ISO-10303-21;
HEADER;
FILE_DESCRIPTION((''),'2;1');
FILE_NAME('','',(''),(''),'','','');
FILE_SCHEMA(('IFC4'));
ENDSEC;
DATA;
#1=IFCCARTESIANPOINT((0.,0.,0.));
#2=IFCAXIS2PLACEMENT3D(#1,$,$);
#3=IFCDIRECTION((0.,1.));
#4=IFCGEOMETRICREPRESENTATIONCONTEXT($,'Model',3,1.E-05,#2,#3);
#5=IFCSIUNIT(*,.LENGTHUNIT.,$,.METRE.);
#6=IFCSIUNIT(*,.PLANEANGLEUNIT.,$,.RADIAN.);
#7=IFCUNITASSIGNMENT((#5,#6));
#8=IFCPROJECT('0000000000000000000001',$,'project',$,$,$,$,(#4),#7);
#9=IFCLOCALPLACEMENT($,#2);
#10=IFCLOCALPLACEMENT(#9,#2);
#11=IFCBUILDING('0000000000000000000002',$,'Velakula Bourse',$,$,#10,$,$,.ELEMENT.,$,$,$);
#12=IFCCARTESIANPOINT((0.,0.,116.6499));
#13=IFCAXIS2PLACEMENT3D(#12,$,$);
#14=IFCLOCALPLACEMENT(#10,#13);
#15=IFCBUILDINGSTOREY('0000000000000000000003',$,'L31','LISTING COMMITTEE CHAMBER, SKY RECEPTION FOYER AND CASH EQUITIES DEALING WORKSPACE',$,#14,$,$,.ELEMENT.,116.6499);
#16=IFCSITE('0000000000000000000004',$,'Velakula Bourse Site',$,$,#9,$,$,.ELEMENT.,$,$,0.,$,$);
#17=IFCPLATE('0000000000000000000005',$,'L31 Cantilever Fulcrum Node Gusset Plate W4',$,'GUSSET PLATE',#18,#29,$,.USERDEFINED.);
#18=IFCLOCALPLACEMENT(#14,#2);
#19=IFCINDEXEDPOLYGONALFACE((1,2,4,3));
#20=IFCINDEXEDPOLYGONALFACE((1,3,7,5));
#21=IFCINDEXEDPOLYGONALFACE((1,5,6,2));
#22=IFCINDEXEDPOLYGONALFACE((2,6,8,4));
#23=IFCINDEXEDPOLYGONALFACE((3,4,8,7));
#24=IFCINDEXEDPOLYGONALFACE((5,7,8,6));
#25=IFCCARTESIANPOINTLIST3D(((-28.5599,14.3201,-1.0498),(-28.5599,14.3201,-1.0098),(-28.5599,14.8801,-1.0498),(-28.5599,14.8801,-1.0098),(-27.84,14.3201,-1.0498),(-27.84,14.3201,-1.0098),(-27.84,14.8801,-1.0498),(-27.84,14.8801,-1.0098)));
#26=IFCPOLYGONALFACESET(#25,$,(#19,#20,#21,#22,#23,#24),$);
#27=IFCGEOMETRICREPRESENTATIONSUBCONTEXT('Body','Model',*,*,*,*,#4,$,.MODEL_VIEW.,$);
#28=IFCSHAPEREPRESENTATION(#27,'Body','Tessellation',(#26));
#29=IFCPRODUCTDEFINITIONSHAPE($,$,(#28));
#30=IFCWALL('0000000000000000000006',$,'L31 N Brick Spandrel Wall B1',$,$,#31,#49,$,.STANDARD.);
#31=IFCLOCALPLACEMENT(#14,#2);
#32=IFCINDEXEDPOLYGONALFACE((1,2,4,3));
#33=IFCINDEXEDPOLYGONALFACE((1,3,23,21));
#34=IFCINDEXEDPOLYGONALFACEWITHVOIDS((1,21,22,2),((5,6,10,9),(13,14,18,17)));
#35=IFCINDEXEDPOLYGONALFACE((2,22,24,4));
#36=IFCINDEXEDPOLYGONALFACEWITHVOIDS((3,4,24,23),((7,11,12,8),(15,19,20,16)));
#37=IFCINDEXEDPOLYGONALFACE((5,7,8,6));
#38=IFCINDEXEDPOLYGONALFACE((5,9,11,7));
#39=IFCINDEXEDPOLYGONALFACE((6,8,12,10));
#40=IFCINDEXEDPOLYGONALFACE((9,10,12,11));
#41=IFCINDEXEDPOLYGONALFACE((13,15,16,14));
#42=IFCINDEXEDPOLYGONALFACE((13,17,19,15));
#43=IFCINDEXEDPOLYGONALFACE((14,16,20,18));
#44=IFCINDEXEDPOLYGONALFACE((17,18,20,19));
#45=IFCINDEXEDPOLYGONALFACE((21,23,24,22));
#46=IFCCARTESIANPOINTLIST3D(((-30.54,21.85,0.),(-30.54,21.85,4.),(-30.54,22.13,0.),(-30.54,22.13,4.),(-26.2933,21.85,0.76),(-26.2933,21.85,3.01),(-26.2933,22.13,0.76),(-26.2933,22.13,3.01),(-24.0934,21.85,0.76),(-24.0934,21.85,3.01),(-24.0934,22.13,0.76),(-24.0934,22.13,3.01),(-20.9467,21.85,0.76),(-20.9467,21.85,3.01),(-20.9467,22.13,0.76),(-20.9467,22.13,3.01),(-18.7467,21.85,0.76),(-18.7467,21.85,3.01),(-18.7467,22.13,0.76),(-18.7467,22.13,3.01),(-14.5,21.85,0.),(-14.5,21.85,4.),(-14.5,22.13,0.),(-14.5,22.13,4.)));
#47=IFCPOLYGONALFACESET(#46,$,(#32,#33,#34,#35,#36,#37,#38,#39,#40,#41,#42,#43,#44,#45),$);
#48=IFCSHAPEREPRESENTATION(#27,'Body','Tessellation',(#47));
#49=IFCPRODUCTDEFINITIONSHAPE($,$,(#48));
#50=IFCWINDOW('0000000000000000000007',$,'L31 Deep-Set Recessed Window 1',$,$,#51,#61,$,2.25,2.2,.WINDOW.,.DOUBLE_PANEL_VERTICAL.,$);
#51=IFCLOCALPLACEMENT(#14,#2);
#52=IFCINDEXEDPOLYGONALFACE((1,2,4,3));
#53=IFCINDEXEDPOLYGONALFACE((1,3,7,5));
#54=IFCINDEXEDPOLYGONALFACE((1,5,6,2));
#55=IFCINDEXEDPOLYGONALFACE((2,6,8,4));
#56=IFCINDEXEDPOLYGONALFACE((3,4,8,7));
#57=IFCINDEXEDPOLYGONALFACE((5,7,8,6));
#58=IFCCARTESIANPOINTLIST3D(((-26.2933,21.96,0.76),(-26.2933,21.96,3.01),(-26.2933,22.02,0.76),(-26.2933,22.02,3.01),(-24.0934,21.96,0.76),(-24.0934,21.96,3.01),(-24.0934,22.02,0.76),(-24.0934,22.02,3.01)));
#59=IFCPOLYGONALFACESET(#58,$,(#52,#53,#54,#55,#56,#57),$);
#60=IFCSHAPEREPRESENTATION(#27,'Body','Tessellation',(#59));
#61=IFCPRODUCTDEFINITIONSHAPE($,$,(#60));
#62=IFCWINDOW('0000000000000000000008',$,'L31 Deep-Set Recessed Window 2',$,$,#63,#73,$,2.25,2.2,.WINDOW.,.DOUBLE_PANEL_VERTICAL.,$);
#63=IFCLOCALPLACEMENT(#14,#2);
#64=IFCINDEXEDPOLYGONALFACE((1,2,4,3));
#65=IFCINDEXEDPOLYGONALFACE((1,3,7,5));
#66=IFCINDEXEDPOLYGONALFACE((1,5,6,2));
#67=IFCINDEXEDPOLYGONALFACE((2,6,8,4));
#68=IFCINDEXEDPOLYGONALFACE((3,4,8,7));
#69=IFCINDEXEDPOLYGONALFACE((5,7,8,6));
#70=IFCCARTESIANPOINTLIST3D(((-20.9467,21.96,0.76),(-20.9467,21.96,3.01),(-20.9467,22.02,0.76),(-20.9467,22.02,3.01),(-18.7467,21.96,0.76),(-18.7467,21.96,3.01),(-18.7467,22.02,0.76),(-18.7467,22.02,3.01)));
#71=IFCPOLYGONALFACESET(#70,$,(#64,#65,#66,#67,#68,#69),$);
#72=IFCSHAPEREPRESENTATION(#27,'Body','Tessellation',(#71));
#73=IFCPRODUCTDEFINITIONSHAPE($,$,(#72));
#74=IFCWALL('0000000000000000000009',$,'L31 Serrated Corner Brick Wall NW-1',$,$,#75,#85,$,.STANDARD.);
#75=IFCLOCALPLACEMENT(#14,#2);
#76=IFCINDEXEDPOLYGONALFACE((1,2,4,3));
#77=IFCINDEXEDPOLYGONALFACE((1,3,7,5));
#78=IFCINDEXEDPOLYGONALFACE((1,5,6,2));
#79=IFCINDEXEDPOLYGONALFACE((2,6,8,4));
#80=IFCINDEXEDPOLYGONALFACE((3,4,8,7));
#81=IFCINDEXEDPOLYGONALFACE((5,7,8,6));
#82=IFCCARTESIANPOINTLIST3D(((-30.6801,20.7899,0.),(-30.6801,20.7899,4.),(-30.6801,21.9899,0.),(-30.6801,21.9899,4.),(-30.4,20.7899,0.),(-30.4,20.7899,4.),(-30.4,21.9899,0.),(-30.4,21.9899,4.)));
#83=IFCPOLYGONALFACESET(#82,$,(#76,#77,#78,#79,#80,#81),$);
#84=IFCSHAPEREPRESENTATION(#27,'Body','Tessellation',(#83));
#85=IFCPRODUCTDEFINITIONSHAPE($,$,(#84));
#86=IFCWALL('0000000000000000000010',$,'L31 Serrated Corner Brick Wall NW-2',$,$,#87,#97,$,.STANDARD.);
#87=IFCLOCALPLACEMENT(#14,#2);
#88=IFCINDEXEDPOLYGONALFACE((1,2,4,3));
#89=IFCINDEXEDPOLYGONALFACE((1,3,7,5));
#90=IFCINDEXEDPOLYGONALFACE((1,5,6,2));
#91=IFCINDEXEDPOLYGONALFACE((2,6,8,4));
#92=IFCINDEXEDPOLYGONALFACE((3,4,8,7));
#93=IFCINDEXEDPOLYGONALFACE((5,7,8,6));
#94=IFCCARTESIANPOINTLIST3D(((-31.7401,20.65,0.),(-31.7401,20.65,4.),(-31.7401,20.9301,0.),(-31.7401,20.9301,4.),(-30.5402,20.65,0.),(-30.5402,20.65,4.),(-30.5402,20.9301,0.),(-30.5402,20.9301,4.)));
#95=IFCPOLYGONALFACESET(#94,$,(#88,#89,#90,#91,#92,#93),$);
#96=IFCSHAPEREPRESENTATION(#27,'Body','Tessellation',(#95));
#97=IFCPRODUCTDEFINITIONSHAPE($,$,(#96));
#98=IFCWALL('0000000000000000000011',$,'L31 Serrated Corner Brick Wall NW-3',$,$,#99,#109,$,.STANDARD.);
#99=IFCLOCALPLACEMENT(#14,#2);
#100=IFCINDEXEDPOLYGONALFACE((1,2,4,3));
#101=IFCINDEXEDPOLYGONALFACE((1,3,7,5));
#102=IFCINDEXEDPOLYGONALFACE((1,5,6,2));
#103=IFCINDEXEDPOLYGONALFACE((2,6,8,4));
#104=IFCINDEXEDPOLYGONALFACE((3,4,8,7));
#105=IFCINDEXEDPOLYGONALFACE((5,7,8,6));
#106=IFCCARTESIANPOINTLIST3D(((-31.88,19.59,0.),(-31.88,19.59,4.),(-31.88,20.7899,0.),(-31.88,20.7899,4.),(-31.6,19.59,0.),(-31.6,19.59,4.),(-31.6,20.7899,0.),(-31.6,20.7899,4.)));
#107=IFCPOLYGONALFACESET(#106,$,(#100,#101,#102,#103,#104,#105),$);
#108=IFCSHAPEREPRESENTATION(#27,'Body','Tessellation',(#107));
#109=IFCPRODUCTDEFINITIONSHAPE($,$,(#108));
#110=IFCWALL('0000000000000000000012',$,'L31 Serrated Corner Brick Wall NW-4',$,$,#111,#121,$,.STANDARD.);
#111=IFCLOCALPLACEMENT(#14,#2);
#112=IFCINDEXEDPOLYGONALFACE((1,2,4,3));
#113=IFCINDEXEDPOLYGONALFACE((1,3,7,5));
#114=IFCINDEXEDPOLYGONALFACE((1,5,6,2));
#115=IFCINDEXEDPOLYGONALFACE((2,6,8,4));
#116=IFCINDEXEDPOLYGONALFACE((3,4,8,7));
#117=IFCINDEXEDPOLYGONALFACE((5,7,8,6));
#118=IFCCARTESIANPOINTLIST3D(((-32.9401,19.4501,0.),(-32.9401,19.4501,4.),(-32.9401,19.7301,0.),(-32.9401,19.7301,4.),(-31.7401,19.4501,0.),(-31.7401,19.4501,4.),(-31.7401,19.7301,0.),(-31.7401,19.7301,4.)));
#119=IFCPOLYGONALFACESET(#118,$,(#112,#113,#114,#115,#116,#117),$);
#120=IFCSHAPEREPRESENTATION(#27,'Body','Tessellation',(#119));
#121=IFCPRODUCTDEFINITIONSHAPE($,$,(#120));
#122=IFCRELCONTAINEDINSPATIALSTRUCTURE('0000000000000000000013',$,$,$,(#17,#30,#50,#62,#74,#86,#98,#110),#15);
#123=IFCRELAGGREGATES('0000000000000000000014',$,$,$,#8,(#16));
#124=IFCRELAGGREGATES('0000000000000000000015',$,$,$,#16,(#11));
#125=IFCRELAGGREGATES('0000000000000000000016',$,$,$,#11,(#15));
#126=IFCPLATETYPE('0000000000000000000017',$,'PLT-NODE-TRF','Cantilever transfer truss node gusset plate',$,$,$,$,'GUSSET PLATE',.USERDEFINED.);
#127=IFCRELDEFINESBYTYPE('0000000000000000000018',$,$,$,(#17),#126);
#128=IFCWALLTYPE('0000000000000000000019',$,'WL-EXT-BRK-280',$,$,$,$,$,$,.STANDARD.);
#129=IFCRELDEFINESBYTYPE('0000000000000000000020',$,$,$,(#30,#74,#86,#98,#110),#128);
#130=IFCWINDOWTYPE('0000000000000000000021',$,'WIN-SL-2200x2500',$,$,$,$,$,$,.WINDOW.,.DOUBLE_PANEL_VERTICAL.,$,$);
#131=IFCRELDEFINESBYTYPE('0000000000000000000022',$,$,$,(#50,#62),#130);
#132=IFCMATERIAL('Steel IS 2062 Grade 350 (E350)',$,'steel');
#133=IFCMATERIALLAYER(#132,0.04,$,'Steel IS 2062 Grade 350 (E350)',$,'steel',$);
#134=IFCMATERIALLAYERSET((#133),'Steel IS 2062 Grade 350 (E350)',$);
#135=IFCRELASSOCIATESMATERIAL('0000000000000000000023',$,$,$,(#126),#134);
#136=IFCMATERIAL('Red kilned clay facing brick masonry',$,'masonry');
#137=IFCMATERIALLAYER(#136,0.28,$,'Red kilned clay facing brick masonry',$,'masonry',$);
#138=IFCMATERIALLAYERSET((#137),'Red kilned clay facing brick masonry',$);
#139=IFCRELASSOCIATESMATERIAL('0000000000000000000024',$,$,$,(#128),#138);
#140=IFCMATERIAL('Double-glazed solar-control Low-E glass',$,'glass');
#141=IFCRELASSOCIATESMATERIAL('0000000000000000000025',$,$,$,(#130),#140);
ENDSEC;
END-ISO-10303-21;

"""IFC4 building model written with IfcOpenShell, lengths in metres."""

from ifc_helpers import new_model, si_unit, direction, frame, frame_2d, origin, origin_2d, place, context, subcontext, project, spatial, rectangle, extrude, material, layer, layer_set, type_object, element, fill, save


model = new_model("IFC4")

# Units and contexts
model_context = context("Model", 3, precision=1e-05, world=origin(), true_north=direction((0.0, 1.0)))
body_context = subcontext(model_context, "Body", "Model", "MODEL_VIEW")
ifc_project = project(units=[si_unit("LENGTHUNIT", "METRE"), si_unit("PLANEANGLEUNIT", "RADIAN")], contexts=[model_context])

# Site, building, storey
site_placement = place(None, origin())
site = spatial("IfcSite", under=ifc_project, at=site_placement, Name="Velakula Bourse Site", CompositionType="ELEMENT", RefElevation=0.0)
building_placement = place(site_placement, origin())
building = spatial("IfcBuilding", under=site, at=building_placement, Name="Velakula Bourse", CompositionType="ELEMENT")
storey_placement = place(building_placement, frame((0.0, 0.0, 116.6499)))
storey = spatial("IfcBuildingStorey", under=building, at=storey_placement, Name="L31", Description="LISTING COMMITTEE CHAMBER, SKY RECEPTION FOYER AND CASH EQUITIES DEALING WORKSPACE", CompositionType="ELEMENT", Elevation=116.6499)

# Shared definitions
ifc_material_1 = material(Name="Steel IS 2062 Grade 350 (E350)", Category="steel")

# Plate
ifc_layer_1 = layer(ifc_material_1, 0.04, Name="Steel IS 2062 Grade 350 (E350)", Category="steel")
ifc_layer_set_1 = layer_set([ifc_layer_1], Name="Steel IS 2062 Grade 350 (E350)")
plate_type = type_object("IfcPlateType", Name="PLT-NODE-TRF", Description="Cantilever transfer truss node gusset plate", ElementType="GUSSET PLATE", PredefinedType="USERDEFINED", material=ifc_layer_set_1)
plate_1_placement = place(storey_placement, frame((-28.2, 14.6001, -1.0498), z_axis=(0.0, 0.0, 1.0), x_axis=(1.0, 0.0, 0.0)))
element("IfcPlate", 1, at=plate_1_placement, inside=storey, type_object=plate_type, Name="L31 Cantilever Fulcrum Node Gusset Plate W4", ObjectType="GUSSET PLATE", PredefinedType="USERDEFINED", context=body_context, shape_type="SweptSolid", body=[
    extrude(rectangle(XDim=0.72, YDim=0.5601, at=origin_2d()), origin(), (0.0, 0.0, 1.0), 0.04),
])

# Wall, openings, windows
ifc_material_2 = material(Name="Red kilned clay facing brick masonry", Category="masonry")
ifc_layer_2 = layer(ifc_material_2, 0.28, Name="Red kilned clay facing brick masonry", Category="masonry")
ifc_layer_set_2 = layer_set([ifc_layer_2], Name="Red kilned clay facing brick masonry")
wall_type = type_object("IfcWallType", Name="WL-EXT-BRK-280", PredefinedType="STANDARD", material=ifc_layer_set_2)
wall_placement = place(storey_placement, frame((-30.54, 21.99, 0.0), z_axis=(0.0, 0.0, 1.0), x_axis=(1.0, 0.0, 0.0)))
wall = element("IfcWall", 2, at=wall_placement, inside=storey, type_object=wall_type, Name="L31 N Brick Spandrel Wall B1", PredefinedType="STANDARD", context=body_context, shape_type="SweptSolid", body=[
    extrude(rectangle(XDim=16.04, YDim=0.28, at=frame_2d((8.02, 0.0))), origin(), (0.0, 0.0, 1.0), 4.0),
])
opening_1_placement = place(wall_placement, frame((4.2466, 0.0, 0.76)))
opening_1 = element("IfcOpeningElement", 3, at=opening_1_placement, cuts=wall, PredefinedType="OPENING", context=body_context, shape_type="SweptSolid", body=[
    extrude(rectangle(XDim=2.2, YDim=2.25, at=frame_2d((1.1001, 1.125))), frame((0.0, 0.1499, 0.0), z_axis=(0.0, -1.0, 0.0), x_axis=(1.0, 0.0, 0.0)), (0.0, 0.0, 1.0), 0.3),
])
opening_2_placement = place(wall_placement, frame((9.5933, 0.0, 0.76)))
opening_2 = element("IfcOpeningElement", 4, at=opening_2_placement, cuts=wall, PredefinedType="OPENING", context=body_context, shape_type="SweptSolid", body=[
    extrude(rectangle(XDim=2.2, YDim=2.25, at=frame_2d((1.1001, 1.125))), frame((0.0, 0.1499, 0.0), z_axis=(0.0, -1.0, 0.0), x_axis=(1.0, 0.0, 0.0)), (0.0, 0.0, 1.0), 0.3),
])
ifc_material_3 = material(Name="Double-glazed solar-control Low-E glass", Category="glass")
window_type = type_object("IfcWindowType", Name="WIN-SL-2200x2500", PartitioningType="DOUBLE_PANEL_VERTICAL", PredefinedType="WINDOW", material=ifc_material_3)
window_1_placement = place(opening_1_placement, origin())
window_1 = element("IfcWindow", 5, at=window_1_placement, inside=storey, type_object=window_type, Name="L31 Deep-Set Recessed Window 1", OverallHeight=2.25, OverallWidth=2.2, PartitioningType="DOUBLE_PANEL_VERTICAL", PredefinedType="WINDOW", context=body_context, shape_type="SweptSolid", body=[
    extrude(rectangle(XDim=2.2, YDim=2.25, at=frame_2d((1.1001, 1.125))), frame((0.0, 0.03, 0.0), z_axis=(0.0, -1.0, 0.0), x_axis=(1.0, 0.0, 0.0)), (0.0, 0.0, 1.0), 0.0601),
])
fill(opening_1, window_1)
window_2_placement = place(opening_2_placement, origin())
window_2 = element("IfcWindow", 6, at=window_2_placement, inside=storey, type_object=window_type, Name="L31 Deep-Set Recessed Window 2", OverallHeight=2.25, OverallWidth=2.2, PartitioningType="DOUBLE_PANEL_VERTICAL", PredefinedType="WINDOW", context=body_context, shape_type="SweptSolid", body=[
    extrude(rectangle(XDim=2.2, YDim=2.25, at=frame_2d((1.1001, 1.125))), frame((0.0, 0.03, 0.0), z_axis=(0.0, -1.0, 0.0), x_axis=(1.0, 0.0, 0.0)), (0.0, 0.0, 1.0), 0.0601),
])
fill(opening_2, window_2)

# Walls
for number, where, z_axis, x_axis, name in (
    (7, (-30.54, 21.99, 0.0), (0.0, 0.0, 1.0), (0.0, -1.0, 0.0), "L31 Serrated Corner Brick Wall NW-1"),
    (8, (-30.54, 20.79, 0.0), (0.0, 0.0, 1.0), (-1.0, 0.0, 0.0), "L31 Serrated Corner Brick Wall NW-2"),
    (9, (-31.74, 20.79, 0.0), (0.0, 0.0, 1.0), (0.0, -1.0, 0.0), "L31 Serrated Corner Brick Wall NW-3"),
    (10, (-31.74, 19.5901, 0.0), (0.0, 0.0, 1.0), (-1.0, 0.0, 0.0), "L31 Serrated Corner Brick Wall NW-4"),
):
    element("IfcWall", number, at=place(storey_placement, frame(where, z_axis=z_axis, x_axis=x_axis)), inside=storey, type_object=wall_type, Name=name, PredefinedType="STANDARD", context=body_context, shape_type="SweptSolid", body=[
        extrude(rectangle(XDim=1.2, YDim=0.28, at=frame_2d((0.6001, 0.0))), origin(), (0.0, 0.0, 1.0), 4.0),
    ])

save(model, "model.ifc")
